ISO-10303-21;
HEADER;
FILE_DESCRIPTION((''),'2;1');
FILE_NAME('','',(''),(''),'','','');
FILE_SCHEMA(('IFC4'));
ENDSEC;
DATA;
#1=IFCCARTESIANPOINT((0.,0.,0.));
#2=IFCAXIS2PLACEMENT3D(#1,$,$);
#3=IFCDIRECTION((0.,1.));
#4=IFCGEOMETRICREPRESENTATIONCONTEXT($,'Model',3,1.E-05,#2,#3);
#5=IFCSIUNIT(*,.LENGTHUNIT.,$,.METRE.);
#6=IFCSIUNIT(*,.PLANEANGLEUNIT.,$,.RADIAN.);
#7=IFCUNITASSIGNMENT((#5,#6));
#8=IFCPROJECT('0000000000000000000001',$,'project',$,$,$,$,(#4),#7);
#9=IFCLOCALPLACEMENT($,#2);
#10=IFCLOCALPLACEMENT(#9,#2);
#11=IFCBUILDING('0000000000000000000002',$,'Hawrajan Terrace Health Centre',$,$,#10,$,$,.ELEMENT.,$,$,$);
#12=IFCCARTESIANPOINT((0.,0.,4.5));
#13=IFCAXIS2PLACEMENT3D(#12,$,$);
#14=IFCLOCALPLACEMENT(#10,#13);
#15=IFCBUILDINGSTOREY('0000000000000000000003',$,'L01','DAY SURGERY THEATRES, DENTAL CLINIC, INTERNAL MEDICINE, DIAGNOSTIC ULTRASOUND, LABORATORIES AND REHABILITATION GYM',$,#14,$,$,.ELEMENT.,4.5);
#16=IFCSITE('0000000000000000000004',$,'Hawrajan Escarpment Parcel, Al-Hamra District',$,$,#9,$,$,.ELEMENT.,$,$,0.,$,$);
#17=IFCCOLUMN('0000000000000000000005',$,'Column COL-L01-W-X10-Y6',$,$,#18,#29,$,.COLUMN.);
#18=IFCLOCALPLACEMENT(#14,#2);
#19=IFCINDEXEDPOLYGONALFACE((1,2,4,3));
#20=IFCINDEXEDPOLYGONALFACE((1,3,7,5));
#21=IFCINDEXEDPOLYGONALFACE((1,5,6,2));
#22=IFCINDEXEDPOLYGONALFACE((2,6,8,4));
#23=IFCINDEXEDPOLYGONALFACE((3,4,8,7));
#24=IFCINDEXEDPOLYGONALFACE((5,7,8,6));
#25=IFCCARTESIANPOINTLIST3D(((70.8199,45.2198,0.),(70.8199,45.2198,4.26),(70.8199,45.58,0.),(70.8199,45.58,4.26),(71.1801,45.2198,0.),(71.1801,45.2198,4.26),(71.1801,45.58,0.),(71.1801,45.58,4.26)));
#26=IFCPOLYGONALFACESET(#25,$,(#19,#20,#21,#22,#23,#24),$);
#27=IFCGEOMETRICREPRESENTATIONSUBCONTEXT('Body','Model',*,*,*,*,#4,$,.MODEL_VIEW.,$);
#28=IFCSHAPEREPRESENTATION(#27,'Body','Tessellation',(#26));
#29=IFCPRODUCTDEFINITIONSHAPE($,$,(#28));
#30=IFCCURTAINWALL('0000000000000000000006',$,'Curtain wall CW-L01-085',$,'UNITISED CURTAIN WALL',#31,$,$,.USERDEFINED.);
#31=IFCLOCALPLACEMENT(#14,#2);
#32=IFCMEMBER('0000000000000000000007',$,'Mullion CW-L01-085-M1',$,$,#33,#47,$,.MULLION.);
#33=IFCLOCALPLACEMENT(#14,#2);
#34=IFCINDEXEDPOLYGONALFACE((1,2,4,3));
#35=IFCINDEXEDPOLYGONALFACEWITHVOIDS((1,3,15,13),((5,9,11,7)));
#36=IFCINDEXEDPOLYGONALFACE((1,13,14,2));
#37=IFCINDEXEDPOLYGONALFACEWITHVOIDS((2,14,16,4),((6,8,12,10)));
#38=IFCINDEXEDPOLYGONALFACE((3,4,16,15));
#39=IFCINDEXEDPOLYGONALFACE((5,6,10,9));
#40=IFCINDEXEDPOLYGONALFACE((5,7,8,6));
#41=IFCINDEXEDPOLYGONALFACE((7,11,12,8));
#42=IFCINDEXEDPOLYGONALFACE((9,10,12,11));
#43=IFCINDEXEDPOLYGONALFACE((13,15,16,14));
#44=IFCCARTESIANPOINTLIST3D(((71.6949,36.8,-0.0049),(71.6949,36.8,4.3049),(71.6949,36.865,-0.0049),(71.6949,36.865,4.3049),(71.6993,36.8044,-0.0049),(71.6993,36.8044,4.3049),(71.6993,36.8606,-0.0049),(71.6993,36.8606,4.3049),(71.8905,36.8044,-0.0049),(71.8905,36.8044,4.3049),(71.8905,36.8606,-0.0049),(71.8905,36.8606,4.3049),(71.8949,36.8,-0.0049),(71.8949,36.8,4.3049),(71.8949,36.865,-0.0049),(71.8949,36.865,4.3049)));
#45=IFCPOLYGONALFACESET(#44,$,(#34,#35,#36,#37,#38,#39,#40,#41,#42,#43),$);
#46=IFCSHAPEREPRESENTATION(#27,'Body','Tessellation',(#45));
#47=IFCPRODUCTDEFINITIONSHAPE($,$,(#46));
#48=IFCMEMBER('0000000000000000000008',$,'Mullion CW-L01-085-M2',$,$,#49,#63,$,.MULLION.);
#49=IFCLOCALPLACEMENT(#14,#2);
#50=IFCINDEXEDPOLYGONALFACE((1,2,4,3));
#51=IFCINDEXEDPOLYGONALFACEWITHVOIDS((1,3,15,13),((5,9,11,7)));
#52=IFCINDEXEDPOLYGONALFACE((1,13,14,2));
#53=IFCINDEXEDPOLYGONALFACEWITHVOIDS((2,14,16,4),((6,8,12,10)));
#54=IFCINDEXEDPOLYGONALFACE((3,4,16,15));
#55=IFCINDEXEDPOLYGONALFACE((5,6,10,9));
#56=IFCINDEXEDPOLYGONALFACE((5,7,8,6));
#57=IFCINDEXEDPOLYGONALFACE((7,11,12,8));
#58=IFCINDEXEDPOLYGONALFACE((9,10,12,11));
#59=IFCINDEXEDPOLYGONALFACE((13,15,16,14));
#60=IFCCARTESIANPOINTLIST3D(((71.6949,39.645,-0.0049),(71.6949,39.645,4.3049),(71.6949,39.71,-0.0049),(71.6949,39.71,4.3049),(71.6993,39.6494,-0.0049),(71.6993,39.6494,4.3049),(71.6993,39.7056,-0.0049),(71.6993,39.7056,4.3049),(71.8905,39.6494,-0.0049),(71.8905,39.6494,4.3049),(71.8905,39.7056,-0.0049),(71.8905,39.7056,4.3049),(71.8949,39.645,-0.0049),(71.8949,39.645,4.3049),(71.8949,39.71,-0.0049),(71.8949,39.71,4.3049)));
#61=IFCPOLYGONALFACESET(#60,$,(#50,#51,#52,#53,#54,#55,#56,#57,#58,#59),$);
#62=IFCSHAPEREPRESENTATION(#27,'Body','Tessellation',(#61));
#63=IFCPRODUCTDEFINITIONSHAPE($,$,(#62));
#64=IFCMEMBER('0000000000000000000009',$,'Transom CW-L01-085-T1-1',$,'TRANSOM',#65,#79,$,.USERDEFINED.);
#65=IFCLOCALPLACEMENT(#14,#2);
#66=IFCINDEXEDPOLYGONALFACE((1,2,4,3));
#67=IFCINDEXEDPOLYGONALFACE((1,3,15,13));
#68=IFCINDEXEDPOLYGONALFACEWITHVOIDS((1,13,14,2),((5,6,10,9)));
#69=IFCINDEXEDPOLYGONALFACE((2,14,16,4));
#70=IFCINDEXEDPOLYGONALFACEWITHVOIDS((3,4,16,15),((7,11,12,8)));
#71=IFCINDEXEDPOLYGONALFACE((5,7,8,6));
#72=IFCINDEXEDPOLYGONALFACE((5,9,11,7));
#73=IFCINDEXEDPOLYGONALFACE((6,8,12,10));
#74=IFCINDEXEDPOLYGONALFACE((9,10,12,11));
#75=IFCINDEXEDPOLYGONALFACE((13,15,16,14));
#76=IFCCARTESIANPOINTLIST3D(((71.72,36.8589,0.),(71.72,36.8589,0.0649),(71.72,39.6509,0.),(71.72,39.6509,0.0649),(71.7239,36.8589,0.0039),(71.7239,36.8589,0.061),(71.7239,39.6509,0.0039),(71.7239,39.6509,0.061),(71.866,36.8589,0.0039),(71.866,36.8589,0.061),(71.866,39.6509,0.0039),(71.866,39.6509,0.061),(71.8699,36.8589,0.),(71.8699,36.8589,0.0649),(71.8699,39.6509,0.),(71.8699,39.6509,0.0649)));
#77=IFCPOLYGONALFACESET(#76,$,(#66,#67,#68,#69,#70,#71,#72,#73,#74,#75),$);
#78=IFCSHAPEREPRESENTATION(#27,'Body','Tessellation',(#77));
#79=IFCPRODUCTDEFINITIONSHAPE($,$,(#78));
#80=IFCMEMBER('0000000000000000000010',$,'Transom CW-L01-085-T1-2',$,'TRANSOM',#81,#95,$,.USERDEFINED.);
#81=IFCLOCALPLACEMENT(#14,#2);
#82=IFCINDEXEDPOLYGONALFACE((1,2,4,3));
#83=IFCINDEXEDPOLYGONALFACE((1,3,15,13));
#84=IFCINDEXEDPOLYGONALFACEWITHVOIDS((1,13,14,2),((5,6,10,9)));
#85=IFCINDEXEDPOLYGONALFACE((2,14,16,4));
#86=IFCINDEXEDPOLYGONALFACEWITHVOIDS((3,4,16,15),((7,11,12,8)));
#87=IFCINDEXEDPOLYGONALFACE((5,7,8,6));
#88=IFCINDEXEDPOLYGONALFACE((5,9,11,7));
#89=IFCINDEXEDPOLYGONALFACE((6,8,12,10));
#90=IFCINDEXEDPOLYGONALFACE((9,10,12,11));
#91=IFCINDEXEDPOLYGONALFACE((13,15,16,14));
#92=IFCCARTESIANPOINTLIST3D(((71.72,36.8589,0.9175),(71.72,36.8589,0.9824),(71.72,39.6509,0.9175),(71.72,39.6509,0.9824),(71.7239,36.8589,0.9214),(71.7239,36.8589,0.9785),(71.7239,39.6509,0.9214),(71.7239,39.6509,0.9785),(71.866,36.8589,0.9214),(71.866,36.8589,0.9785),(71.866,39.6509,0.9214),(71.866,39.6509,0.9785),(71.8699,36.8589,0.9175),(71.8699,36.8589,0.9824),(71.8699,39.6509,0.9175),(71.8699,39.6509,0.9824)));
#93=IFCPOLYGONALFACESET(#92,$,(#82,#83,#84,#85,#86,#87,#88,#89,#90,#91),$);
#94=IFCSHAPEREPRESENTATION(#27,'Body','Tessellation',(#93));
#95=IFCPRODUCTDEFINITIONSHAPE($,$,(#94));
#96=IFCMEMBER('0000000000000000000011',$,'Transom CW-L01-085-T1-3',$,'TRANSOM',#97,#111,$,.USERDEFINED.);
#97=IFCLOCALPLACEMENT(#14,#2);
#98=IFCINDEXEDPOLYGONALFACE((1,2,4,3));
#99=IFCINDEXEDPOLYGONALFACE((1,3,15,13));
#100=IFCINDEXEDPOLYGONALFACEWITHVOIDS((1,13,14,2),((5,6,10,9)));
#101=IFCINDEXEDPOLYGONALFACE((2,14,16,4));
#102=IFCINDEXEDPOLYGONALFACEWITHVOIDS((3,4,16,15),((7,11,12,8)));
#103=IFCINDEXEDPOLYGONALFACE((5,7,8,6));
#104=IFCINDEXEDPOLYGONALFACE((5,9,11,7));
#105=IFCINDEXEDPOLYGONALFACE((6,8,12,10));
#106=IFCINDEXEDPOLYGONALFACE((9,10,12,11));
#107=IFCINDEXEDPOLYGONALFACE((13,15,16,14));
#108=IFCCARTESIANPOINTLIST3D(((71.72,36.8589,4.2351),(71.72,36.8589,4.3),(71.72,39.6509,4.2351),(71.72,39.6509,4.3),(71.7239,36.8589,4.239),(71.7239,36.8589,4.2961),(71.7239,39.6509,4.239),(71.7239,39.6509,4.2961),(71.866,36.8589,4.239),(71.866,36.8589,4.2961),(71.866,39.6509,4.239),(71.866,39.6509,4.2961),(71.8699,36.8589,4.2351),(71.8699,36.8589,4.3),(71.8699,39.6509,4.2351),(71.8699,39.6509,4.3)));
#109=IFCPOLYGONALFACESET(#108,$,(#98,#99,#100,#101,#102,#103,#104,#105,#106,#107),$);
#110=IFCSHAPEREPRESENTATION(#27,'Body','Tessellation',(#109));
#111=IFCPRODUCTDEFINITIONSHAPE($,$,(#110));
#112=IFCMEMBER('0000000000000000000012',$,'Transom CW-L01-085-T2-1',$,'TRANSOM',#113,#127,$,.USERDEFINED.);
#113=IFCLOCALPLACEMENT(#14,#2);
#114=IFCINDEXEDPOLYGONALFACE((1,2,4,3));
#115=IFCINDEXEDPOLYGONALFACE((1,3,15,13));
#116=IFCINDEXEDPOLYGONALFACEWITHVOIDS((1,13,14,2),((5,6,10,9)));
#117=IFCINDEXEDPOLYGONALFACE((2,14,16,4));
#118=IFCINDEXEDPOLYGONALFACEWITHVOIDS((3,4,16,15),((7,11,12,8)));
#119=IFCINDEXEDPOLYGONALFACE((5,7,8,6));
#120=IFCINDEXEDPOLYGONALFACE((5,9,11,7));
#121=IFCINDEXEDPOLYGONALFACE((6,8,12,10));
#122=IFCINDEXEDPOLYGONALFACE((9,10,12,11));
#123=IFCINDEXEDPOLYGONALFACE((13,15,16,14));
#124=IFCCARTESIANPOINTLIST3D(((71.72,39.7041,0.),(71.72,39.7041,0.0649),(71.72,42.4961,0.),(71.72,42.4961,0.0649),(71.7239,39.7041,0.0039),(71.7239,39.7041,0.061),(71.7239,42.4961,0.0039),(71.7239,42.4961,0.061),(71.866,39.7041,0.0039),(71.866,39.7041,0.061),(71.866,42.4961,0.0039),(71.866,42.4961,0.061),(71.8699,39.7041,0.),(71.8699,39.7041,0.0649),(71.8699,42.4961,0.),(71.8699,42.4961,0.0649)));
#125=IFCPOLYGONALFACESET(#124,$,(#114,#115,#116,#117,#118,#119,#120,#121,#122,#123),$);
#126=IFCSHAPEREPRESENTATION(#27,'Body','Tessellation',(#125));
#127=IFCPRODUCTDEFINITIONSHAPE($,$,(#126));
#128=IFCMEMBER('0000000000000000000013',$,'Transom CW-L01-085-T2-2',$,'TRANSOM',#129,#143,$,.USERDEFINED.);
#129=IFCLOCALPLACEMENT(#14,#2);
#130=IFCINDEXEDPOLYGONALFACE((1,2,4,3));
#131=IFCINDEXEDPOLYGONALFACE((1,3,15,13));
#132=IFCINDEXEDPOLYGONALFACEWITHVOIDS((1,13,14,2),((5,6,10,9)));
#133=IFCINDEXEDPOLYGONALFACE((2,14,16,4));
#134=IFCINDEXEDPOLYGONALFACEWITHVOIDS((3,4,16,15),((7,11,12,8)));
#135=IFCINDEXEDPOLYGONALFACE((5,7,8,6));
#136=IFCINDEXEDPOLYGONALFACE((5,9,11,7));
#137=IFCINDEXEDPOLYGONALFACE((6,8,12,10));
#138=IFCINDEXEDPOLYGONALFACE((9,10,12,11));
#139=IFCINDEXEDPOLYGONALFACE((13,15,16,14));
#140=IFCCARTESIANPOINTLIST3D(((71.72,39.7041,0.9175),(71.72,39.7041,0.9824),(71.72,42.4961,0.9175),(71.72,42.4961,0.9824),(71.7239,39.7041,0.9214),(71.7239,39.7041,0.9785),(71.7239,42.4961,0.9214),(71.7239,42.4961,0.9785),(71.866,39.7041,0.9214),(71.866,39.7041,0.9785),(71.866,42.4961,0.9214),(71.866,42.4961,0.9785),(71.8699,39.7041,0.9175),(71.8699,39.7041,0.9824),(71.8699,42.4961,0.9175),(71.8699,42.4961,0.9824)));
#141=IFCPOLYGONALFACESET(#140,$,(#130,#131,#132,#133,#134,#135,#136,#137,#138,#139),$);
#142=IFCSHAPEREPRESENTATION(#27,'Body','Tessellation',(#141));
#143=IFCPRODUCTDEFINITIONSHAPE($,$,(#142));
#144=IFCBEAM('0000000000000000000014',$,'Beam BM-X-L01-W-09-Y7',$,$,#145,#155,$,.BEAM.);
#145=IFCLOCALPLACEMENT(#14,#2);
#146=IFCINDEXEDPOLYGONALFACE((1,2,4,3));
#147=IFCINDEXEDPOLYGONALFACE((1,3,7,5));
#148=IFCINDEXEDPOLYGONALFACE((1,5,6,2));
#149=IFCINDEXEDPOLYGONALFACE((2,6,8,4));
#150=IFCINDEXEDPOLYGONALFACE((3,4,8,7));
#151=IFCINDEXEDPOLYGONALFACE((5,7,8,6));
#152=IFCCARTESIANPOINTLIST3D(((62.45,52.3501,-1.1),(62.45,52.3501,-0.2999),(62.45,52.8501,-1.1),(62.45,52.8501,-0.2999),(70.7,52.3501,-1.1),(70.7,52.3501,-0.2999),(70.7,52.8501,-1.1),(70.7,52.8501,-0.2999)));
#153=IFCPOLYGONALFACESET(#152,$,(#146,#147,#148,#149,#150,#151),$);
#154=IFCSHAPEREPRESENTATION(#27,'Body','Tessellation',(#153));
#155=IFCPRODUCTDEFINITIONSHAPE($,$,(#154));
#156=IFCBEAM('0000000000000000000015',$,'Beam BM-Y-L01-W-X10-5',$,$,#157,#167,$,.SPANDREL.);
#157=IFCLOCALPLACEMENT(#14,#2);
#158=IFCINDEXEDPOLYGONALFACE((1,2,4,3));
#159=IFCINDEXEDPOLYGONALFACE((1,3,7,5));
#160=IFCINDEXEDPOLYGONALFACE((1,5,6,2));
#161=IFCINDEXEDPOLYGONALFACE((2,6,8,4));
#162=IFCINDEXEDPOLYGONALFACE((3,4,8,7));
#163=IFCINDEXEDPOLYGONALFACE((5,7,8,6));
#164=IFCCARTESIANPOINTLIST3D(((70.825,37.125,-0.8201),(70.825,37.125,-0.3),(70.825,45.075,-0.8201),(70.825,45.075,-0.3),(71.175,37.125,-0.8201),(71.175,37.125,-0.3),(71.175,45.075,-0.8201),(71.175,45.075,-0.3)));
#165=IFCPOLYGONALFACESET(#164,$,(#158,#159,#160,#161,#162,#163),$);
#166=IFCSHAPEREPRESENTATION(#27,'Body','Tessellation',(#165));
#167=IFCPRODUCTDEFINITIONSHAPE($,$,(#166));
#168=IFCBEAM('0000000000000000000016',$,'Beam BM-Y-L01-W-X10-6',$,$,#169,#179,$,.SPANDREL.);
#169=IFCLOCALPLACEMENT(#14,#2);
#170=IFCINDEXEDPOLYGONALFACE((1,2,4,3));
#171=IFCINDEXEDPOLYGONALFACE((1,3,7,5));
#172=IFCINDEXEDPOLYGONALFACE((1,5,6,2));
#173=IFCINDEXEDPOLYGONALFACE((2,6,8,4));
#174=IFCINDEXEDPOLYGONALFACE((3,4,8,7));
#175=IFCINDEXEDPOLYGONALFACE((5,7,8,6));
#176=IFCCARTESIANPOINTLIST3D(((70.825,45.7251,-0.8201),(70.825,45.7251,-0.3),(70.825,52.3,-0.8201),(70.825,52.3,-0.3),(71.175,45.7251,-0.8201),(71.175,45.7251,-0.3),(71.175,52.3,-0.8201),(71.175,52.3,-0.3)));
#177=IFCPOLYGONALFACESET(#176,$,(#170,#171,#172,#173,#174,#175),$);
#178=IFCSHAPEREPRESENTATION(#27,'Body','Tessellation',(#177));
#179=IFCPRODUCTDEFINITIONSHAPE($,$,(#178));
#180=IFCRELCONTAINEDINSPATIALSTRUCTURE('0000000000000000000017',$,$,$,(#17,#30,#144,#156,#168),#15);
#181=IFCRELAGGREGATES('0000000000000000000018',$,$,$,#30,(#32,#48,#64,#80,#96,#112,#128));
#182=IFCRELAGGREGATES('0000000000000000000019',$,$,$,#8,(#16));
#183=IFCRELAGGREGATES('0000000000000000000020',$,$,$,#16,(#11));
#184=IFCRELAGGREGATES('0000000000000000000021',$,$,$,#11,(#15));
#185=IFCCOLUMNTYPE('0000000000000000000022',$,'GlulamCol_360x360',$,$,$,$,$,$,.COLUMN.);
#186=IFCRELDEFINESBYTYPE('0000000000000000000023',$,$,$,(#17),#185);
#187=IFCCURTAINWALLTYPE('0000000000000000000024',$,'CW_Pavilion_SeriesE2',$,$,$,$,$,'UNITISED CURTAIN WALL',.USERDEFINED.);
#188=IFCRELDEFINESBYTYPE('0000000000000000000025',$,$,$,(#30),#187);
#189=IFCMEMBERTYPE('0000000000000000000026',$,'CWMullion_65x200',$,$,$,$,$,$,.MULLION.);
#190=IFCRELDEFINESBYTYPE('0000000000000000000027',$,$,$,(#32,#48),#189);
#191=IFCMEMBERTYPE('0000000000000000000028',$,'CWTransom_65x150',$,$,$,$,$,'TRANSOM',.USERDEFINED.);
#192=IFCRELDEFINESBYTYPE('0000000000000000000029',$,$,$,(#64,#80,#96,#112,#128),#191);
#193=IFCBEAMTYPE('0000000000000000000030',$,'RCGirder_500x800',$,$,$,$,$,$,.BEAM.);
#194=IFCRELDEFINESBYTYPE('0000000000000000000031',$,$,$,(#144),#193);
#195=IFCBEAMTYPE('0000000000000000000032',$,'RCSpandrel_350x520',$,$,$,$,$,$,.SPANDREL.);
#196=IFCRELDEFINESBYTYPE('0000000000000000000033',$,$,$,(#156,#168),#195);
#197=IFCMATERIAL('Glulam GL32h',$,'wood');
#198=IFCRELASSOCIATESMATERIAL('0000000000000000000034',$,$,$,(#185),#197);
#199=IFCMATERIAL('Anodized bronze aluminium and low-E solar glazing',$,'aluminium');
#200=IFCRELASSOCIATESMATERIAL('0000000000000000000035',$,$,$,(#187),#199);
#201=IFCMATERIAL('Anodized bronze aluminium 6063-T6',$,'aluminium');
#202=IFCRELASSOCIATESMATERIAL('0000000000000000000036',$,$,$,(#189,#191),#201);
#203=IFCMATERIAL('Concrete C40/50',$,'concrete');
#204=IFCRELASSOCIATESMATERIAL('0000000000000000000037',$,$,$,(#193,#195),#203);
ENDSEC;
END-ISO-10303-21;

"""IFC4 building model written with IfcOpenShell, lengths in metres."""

from ifc_helpers import new_model, si_unit, direction, frame, origin, origin_2d, place, context, subcontext, project, spatial, rectangle, hollow_rectangle, extrude, material, material_profile, profile_set, type_object, element, aggregate, save


model = new_model("IFC4")

# Units and contexts
model_context = context("Model", 3, precision=1e-05, world=origin(), true_north=direction((0.0, 1.0)))
body_context = subcontext(model_context, "Body", "Model", "MODEL_VIEW")
ifc_project = project(units=[si_unit("LENGTHUNIT", "METRE"), si_unit("PLANEANGLEUNIT", "RADIAN")], contexts=[model_context])

# Site, building, storey
site_placement = place(None, origin())
site = spatial("IfcSite", under=ifc_project, at=site_placement, Name="Hawrajan Escarpment Parcel, Al-Hamra District", CompositionType="ELEMENT", RefElevation=0.0)
building_placement = place(site_placement, origin())
building = spatial("IfcBuilding", under=site, at=building_placement, Name="Hawrajan Terrace Health Centre", CompositionType="ELEMENT")
storey_placement = place(building_placement, frame((0.0, 0.0, 4.5)))
storey = spatial("IfcBuildingStorey", under=building, at=storey_placement, Name="L01", Description="DAY SURGERY THEATRES, DENTAL CLINIC, INTERNAL MEDICINE, DIAGNOSTIC ULTRASOUND, LABORATORIES AND REHABILITATION GYM", CompositionType="ELEMENT", Elevation=4.5)

# Column
ifc_material_1 = material(Name="Glulam GL32h", Category="wood")
ifc_material_profile_1 = material_profile(ifc_material_1, rectangle(XDim=0.3601, YDim=0.3601, at=origin_2d()), Name="GL 360x360")
ifc_profile_set_1 = profile_set([ifc_material_profile_1], Name="Glulam GL32h")
column_type = type_object("IfcColumnType", Name="GlulamCol_360x360", PredefinedType="COLUMN", material=ifc_profile_set_1)
column_placement = place(storey_placement, frame((71.0, 45.3999, 0.0), z_axis=(0.0, 0.0, 1.0), x_axis=(1.0, 0.0, 0.0)))
element("IfcColumn", 1, at=column_placement, inside=storey, type_object=column_type, Name="Column COL-L01-W-X10-Y6", PredefinedType="COLUMN", context=body_context, shape_type="SweptSolid", body=[
    extrude(rectangle(XDim=0.3601, YDim=0.3601, at=origin_2d()), origin(), (0.0, 0.0, 1.0), 4.26),
])

# Curtain wall, members
ifc_material_2 = material(Name="Anodized bronze aluminium and low-E solar glazing", Category="aluminium")
curtain_wall_type = type_object("IfcCurtainWallType", Name="CW_Pavilion_SeriesE2", ElementType="UNITISED CURTAIN WALL", PredefinedType="USERDEFINED", material=ifc_material_2)
curtain_wall_placement = place(storey_placement, origin())
curtain_wall = element("IfcCurtainWall", 2, at=curtain_wall_placement, inside=storey, type_object=curtain_wall_type, Name="Curtain wall CW-L01-085", ObjectType="UNITISED CURTAIN WALL", PredefinedType="USERDEFINED")
ifc_material_3 = material(Name="Anodized bronze aluminium 6063-T6", Category="aluminium")
ifc_material_profile_2 = material_profile(ifc_material_3, hollow_rectangle(XDim=0.0649, YDim=0.2, WallThickness=0.0044, at=origin_2d()), Name="CW MUL 65x200")
ifc_profile_set_2 = profile_set([ifc_material_profile_2], Name="Anodized bronze aluminium 6063-T6")
member_type_1 = type_object("IfcMemberType", Name="CWMullion_65x200", PredefinedType="MULLION", material=ifc_profile_set_2)
member_1_placement = place(storey_placement, frame((71.7949, 36.8325, -0.0049), z_axis=(0.0, 0.0, 1.0), x_axis=(0.0, 1.0, 0.0)))
member_1 = element("IfcMember", 3, at=member_1_placement, type_object=member_type_1, Name="Mullion CW-L01-085-M1", PredefinedType="MULLION", context=body_context, shape_type="SweptSolid", body=[
    extrude(hollow_rectangle(XDim=0.0649, YDim=0.2, WallThickness=0.0044, at=origin_2d()), origin(), (0.0, 0.0, 1.0), 4.3098),
])
member_2_placement = place(storey_placement, frame((71.7949, 39.6775, -0.0049), z_axis=(0.0, 0.0, 1.0), x_axis=(0.0, 1.0, 0.0)))
member_2 = element("IfcMember", 4, at=member_2_placement, type_object=member_type_1, Name="Mullion CW-L01-085-M2", PredefinedType="MULLION", context=body_context, shape_type="SweptSolid", body=[
    extrude(hollow_rectangle(XDim=0.0649, YDim=0.2, WallThickness=0.0044, at=origin_2d()), origin(), (0.0, 0.0, 1.0), 4.3098),
])
ifc_material_profile_3 = material_profile(ifc_material_3, hollow_rectangle(XDim=0.0649, YDim=0.1499, WallThickness=0.0039, at=origin_2d()), Name="CW TRN 65x150")
ifc_profile_set_3 = profile_set([ifc_material_profile_3], Name="Anodized bronze aluminium 6063-T6")
member_type_2 = type_object("IfcMemberType", Name="CWTransom_65x150", ElementType="TRANSOM", PredefinedType="USERDEFINED", material=ifc_profile_set_3)
member_3_placement = place(storey_placement, frame((71.7949, 36.8589, 0.0325), z_axis=(0.0, 1.0, 0.0), x_axis=(0.0, 0.0, 1.0)))
member_3 = element("IfcMember", 5, at=member_3_placement, type_object=member_type_2, Name="Transom CW-L01-085-T1-1", ObjectType="TRANSOM", PredefinedType="USERDEFINED", context=body_context, shape_type="SweptSolid", body=[
    extrude(hollow_rectangle(XDim=0.0649, YDim=0.1499, WallThickness=0.0039, at=origin_2d()), origin(), (0.0, 0.0, 1.0), 2.792),
])
member_4_placement = place(storey_placement, frame((71.7949, 36.8589, 0.95), z_axis=(0.0, 1.0, 0.0), x_axis=(0.0, 0.0, 1.0)))
member_4 = element("IfcMember", 6, at=member_4_placement, type_object=member_type_2, Name="Transom CW-L01-085-T1-2", ObjectType="TRANSOM", PredefinedType="USERDEFINED", context=body_context, shape_type="SweptSolid", body=[
    extrude(hollow_rectangle(XDim=0.0649, YDim=0.1499, WallThickness=0.0039, at=origin_2d()), origin(), (0.0, 0.0, 1.0), 2.792),
])
member_5_placement = place(storey_placement, frame((71.7949, 36.8589, 4.2676), z_axis=(0.0, 1.0, 0.0), x_axis=(0.0, 0.0, 1.0)))
member_5 = element("IfcMember", 7, at=member_5_placement, type_object=member_type_2, Name="Transom CW-L01-085-T1-3", ObjectType="TRANSOM", PredefinedType="USERDEFINED", context=body_context, shape_type="SweptSolid", body=[
    extrude(hollow_rectangle(XDim=0.0649, YDim=0.1499, WallThickness=0.0039, at=origin_2d()), origin(), (0.0, 0.0, 1.0), 2.792),
])
member_6_placement = place(storey_placement, frame((71.7949, 39.7041, 0.0325), z_axis=(0.0, 1.0, 0.0), x_axis=(0.0, 0.0, 1.0)))
member_6 = element("IfcMember", 8, at=member_6_placement, type_object=member_type_2, Name="Transom CW-L01-085-T2-1", ObjectType="TRANSOM", PredefinedType="USERDEFINED", context=body_context, shape_type="SweptSolid", body=[
    extrude(hollow_rectangle(XDim=0.0649, YDim=0.1499, WallThickness=0.0039, at=origin_2d()), origin(), (0.0, 0.0, 1.0), 2.792),
])
member_7_placement = place(storey_placement, frame((71.7949, 39.7041, 0.95), z_axis=(0.0, 1.0, 0.0), x_axis=(0.0, 0.0, 1.0)))
member_7 = element("IfcMember", 9, at=member_7_placement, type_object=member_type_2, Name="Transom CW-L01-085-T2-2", ObjectType="TRANSOM", PredefinedType="USERDEFINED", context=body_context, shape_type="SweptSolid", body=[
    extrude(hollow_rectangle(XDim=0.0649, YDim=0.1499, WallThickness=0.0039, at=origin_2d()), origin(), (0.0, 0.0, 1.0), 2.792),
])

# Beams
ifc_material_4 = material(Name="Concrete C40/50", Category="concrete")
ifc_material_profile_4 = material_profile(ifc_material_4, rectangle(XDim=0.5, YDim=0.8, at=origin_2d()), Name="RC BM 500x800")
ifc_profile_set_4 = profile_set([ifc_material_profile_4], Name="Concrete C40/50")
beam_type_1 = type_object("IfcBeamType", Name="RCGirder_500x800", PredefinedType="BEAM", material=ifc_profile_set_4)
beam_1_placement = place(storey_placement, frame((62.45, 52.6001, -0.7), z_axis=(1.0, 0.0, 0.0), x_axis=(0.0, 1.0, 0.0)))
element("IfcBeam", 10, at=beam_1_placement, inside=storey, type_object=beam_type_1, Name="Beam BM-X-L01-W-09-Y7", PredefinedType="BEAM", context=body_context, shape_type="SweptSolid", body=[
    extrude(rectangle(XDim=0.5, YDim=0.8, at=origin_2d()), origin(), (0.0, 0.0, 1.0), 8.25),
])
ifc_material_profile_5 = material_profile(ifc_material_4, rectangle(XDim=0.3501, YDim=0.52, at=origin_2d()), Name="RC SP 350x520")
ifc_profile_set_5 = profile_set([ifc_material_profile_5], Name="Concrete C40/50")
beam_type_2 = type_object("IfcBeamType", Name="RCSpandrel_350x520", PredefinedType="SPANDREL", material=ifc_profile_set_5)
beam_2_placement = place(storey_placement, frame((71.0, 37.125, -0.5601), z_axis=(0.0, 1.0, 0.0), x_axis=(-1.0, 0.0, 0.0)))
element("IfcBeam", 11, at=beam_2_placement, inside=storey, type_object=beam_type_2, Name="Beam BM-Y-L01-W-X10-5", PredefinedType="SPANDREL", context=body_context, shape_type="SweptSolid", body=[
    extrude(rectangle(XDim=0.3501, YDim=0.52, at=origin_2d()), origin(), (0.0, 0.0, 1.0), 7.95),
])
beam_3_placement = place(storey_placement, frame((71.0, 45.7251, -0.5601), z_axis=(0.0, 1.0, 0.0), x_axis=(-1.0, 0.0, 0.0)))
element("IfcBeam", 12, at=beam_3_placement, inside=storey, type_object=beam_type_2, Name="Beam BM-Y-L01-W-X10-6", PredefinedType="SPANDREL", context=body_context, shape_type="SweptSolid", body=[
    extrude(rectangle(XDim=0.3501, YDim=0.52, at=origin_2d()), origin(), (0.0, 0.0, 1.0), 6.575),
])

aggregate(curtain_wall, [member_1, member_2, member_3, member_4, member_5, member_6, member_7])

save(model, "model.ifc")
